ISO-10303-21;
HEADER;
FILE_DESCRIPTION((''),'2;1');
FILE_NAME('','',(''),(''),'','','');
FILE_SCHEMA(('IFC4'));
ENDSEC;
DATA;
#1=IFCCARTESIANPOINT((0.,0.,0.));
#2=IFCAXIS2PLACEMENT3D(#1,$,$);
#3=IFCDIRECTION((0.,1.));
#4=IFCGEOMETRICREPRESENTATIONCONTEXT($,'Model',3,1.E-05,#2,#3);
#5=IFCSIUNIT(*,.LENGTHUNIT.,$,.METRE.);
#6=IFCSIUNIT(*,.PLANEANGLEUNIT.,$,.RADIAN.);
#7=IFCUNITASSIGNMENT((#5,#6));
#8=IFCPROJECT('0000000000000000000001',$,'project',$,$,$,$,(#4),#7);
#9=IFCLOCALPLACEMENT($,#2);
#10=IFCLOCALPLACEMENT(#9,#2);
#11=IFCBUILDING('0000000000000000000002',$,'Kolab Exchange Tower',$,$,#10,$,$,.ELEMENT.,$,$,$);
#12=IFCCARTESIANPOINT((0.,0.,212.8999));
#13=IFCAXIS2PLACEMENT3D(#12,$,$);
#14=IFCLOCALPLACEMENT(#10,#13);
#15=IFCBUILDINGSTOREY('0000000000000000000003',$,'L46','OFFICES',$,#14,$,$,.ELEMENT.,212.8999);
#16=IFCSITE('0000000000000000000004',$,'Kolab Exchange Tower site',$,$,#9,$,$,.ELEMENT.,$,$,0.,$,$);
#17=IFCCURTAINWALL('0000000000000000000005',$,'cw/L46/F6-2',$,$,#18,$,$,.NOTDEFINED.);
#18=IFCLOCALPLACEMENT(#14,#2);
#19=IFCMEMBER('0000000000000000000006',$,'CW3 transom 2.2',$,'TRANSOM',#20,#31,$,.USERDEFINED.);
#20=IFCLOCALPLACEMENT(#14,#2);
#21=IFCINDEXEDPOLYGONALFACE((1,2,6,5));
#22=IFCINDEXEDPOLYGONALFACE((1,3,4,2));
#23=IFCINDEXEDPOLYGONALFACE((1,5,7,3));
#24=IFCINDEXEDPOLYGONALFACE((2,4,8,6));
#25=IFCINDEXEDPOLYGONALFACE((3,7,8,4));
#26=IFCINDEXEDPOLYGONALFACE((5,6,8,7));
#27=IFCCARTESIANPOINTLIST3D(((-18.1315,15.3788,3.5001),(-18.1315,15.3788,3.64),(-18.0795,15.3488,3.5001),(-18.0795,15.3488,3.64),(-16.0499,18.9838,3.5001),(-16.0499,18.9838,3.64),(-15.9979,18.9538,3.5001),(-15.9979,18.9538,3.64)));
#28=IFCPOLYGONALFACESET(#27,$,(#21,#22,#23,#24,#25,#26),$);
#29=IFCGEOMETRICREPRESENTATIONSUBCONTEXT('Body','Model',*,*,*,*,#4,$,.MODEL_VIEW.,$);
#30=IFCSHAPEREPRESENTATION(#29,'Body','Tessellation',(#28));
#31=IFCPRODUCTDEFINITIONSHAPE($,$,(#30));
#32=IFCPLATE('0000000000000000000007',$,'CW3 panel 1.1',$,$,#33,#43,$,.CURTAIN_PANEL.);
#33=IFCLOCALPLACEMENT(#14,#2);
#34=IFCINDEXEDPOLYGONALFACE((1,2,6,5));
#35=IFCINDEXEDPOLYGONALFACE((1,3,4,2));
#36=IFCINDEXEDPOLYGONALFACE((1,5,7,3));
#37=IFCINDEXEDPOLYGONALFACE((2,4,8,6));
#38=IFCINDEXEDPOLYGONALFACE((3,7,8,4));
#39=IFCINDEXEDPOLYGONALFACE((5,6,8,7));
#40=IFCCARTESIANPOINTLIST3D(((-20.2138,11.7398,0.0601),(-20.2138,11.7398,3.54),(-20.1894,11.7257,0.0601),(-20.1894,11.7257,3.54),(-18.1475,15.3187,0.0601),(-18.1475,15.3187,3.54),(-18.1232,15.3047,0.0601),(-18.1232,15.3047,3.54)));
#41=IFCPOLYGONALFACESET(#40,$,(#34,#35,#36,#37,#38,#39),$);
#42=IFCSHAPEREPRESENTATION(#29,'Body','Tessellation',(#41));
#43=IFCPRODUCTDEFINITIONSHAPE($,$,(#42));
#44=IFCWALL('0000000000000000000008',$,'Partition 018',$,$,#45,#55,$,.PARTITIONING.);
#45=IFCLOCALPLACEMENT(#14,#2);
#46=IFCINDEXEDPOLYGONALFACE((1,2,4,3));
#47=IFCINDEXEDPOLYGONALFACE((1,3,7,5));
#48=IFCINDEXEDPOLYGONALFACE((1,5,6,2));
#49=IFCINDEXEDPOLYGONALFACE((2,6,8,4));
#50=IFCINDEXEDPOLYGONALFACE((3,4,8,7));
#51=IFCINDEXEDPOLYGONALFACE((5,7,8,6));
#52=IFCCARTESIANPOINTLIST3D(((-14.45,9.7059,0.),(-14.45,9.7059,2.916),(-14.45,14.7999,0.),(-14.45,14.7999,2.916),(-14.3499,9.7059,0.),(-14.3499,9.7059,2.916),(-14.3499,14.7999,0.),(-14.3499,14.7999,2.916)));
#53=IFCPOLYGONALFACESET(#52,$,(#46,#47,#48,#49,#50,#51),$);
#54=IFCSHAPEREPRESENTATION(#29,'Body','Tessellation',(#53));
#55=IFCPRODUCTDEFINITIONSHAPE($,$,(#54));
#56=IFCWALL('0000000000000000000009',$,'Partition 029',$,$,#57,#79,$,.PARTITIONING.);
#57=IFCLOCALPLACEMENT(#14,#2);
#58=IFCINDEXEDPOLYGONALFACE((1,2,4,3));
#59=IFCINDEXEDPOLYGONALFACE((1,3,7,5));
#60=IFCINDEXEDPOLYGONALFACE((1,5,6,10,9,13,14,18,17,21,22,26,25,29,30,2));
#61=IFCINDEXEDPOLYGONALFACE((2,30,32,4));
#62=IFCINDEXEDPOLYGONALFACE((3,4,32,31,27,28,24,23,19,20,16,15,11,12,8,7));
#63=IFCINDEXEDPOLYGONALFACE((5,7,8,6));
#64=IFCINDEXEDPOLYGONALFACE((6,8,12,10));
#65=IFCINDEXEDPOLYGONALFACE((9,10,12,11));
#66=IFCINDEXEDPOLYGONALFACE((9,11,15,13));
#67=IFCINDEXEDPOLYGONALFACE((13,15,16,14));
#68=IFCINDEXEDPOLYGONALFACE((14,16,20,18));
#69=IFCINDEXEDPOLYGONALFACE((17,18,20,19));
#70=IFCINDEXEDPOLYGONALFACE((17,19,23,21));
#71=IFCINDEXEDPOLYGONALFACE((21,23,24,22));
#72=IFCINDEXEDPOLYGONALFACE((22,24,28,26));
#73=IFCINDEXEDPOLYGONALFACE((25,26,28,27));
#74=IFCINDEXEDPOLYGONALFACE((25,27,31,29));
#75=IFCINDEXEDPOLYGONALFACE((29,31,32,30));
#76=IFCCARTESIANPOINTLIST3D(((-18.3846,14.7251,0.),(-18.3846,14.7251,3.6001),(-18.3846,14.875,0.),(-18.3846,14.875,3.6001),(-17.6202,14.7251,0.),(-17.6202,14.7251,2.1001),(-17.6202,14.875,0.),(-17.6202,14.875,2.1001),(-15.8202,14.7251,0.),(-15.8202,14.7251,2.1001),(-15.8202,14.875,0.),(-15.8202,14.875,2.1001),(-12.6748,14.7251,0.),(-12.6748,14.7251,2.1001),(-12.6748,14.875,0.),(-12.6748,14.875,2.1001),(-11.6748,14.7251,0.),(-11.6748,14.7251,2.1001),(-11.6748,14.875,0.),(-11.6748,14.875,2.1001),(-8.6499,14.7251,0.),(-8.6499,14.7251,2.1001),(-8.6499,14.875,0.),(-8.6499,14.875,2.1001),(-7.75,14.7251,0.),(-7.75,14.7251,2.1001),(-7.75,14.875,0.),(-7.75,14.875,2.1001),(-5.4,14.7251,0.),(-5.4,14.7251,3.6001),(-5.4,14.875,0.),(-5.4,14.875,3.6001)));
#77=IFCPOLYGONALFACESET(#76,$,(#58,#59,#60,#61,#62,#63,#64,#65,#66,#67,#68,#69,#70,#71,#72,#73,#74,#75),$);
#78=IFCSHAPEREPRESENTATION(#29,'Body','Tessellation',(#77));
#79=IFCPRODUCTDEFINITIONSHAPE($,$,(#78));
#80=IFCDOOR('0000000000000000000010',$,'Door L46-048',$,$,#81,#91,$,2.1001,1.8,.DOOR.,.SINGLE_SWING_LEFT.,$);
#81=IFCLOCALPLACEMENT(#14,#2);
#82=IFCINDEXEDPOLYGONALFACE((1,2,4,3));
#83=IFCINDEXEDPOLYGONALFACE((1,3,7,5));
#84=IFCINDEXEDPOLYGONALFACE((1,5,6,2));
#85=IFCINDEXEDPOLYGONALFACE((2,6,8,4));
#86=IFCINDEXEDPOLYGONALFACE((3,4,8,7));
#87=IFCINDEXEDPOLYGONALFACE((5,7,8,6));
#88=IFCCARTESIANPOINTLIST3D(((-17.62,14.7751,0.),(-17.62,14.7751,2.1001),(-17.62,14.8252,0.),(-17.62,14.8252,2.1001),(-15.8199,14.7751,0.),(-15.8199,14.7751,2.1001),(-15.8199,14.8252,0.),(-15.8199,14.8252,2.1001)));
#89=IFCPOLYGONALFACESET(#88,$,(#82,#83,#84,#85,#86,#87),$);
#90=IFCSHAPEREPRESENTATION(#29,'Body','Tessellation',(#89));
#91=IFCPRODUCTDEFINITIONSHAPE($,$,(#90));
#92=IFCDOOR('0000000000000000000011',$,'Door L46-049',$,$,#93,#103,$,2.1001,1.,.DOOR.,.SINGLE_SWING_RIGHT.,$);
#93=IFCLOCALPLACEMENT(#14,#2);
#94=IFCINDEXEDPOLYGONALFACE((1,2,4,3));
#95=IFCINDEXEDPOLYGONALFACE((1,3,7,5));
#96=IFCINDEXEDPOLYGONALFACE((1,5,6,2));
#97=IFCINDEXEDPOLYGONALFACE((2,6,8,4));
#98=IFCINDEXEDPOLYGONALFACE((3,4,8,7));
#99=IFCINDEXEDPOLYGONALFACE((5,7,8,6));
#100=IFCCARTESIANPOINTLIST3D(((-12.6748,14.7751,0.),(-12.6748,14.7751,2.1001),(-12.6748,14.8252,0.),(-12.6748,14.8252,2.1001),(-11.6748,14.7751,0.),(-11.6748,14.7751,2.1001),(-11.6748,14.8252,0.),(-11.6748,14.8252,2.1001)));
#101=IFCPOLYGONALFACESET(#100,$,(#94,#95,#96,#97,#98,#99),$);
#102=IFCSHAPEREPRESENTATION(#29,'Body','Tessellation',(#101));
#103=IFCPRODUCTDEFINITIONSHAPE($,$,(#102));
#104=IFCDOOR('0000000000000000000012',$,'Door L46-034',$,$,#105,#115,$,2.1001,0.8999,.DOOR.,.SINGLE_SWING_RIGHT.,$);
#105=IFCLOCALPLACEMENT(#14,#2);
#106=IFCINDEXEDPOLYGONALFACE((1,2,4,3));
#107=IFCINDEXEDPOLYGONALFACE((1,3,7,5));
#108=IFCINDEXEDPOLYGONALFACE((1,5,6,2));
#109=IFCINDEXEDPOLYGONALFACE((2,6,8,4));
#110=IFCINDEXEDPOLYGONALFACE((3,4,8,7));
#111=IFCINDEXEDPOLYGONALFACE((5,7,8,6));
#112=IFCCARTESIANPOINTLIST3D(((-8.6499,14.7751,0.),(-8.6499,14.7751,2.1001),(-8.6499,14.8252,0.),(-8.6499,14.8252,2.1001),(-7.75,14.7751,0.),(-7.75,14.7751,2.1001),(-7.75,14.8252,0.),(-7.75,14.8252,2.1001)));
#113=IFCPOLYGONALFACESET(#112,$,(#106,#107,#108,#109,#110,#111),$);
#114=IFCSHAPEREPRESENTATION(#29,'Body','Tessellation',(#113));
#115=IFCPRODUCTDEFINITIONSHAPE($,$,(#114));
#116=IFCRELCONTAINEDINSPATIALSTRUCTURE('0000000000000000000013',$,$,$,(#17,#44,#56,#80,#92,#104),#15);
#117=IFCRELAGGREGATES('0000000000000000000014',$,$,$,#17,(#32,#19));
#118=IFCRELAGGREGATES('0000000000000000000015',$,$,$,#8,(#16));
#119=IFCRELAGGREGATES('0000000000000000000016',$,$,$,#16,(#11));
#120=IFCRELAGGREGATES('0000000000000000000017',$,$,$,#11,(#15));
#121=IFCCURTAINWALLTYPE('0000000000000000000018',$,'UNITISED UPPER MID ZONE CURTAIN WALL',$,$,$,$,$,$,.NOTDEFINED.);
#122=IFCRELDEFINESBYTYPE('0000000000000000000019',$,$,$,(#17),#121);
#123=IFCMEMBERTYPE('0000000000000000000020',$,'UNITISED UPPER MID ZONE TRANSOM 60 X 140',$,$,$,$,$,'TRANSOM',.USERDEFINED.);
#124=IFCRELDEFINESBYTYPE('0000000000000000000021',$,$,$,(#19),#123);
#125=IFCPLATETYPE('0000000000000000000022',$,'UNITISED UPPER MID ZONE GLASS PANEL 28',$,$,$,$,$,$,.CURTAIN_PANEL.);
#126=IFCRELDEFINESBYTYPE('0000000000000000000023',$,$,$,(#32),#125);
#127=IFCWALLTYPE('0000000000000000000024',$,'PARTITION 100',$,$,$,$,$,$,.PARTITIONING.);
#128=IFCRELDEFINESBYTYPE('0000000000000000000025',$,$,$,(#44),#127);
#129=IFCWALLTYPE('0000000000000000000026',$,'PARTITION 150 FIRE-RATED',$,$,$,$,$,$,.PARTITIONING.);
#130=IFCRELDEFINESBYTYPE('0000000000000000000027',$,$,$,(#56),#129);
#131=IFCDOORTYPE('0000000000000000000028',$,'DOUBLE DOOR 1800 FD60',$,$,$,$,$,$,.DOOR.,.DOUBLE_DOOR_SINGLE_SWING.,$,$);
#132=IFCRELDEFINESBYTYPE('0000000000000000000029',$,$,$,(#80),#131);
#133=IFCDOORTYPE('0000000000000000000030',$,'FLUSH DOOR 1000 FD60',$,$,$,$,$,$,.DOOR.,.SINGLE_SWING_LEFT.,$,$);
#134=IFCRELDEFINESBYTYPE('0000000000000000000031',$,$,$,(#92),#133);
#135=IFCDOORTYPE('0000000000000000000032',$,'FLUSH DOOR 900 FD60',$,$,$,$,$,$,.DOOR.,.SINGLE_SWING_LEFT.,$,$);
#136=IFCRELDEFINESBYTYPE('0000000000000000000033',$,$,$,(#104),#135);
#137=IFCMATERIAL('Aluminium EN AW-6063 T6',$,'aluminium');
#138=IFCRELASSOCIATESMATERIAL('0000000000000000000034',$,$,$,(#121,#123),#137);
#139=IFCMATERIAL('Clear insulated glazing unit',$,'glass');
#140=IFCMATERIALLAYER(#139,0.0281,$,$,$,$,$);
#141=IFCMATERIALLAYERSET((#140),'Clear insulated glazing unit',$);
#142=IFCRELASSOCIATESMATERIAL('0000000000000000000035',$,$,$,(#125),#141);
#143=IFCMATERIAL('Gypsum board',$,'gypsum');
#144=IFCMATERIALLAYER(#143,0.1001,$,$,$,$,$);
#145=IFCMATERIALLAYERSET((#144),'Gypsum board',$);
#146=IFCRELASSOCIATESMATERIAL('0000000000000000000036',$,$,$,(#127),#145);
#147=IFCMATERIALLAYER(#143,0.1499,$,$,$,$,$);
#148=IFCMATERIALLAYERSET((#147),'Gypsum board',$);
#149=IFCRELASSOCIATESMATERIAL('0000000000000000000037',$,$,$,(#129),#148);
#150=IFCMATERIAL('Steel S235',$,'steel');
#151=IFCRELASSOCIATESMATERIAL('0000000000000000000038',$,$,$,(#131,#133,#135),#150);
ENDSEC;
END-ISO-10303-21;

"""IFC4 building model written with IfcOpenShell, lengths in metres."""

from ifc_helpers import new_model, si_unit, direction, frame, frame_2d, origin, origin_2d, place, context, subcontext, project, spatial, rectangle, extrude, material, layer, layer_set, material_profile, profile_set, type_object, element, fill, aggregate, save


model = new_model("IFC4")

# Units and contexts
model_context = context("Model", 3, precision=1e-05, world=origin(), true_north=direction((0.0, 1.0)))
body_context = subcontext(model_context, "Body", "Model", "MODEL_VIEW")
ifc_project = project(units=[si_unit("LENGTHUNIT", "METRE"), si_unit("PLANEANGLEUNIT", "RADIAN")], contexts=[model_context])

# Site, building, storey
site_placement = place(None, origin())
site = spatial("IfcSite", under=ifc_project, at=site_placement, Name="Kolab Exchange Tower site", CompositionType="ELEMENT", RefElevation=0.0)
building_placement = place(site_placement, origin())
building = spatial("IfcBuilding", under=site, at=building_placement, Name="Kolab Exchange Tower", CompositionType="ELEMENT")
storey_placement = place(building_placement, frame((0.0, 0.0, 212.8999)))
storey = spatial("IfcBuildingStorey", under=building, at=storey_placement, Name="L46", Description="OFFICES", CompositionType="ELEMENT", Elevation=212.8999)

# Curtain wall, member, plate
ifc_material_1 = material(Name="Aluminium EN AW-6063 T6", Category="aluminium")
curtain_wall_type = type_object("IfcCurtainWallType", Name="UNITISED UPPER MID ZONE CURTAIN WALL", PredefinedType="NOTDEFINED", material=ifc_material_1)
curtain_wall_placement = place(storey_placement, origin())
curtain_wall = element("IfcCurtainWall", 1, at=curtain_wall_placement, inside=storey, type_object=curtain_wall_type, Name="cw/L46/F6-2", PredefinedType="NOTDEFINED")
ifc_material_profile_1 = material_profile(ifc_material_1, rectangle(XDim=0.0601, YDim=0.1399, at=origin_2d()), Name="RECT 60X140")
ifc_profile_set_1 = profile_set([ifc_material_profile_1], Name="Aluminium EN AW-6063 T6")
member_type_1 = type_object("IfcMemberType", Name="UNITISED UPPER MID ZONE TRANSOM 60 X 140", ElementType="TRANSOM", PredefinedType="USERDEFINED", material=ifc_profile_set_1)
member_1_placement = place(storey_placement, frame((-18.1055, 15.3638, 3.5701), z_axis=(0.500037, 0.866004, 0.0), x_axis=(-0.866004, 0.500037, 0.0)))
member_1 = element("IfcMember", 2, at=member_1_placement, type_object=member_type_1, Name="CW3 transom 2.2", ObjectType="TRANSOM", PredefinedType="USERDEFINED", context=body_context, shape_type="SweptSolid", body=[
    extrude(rectangle(XDim=0.0601, YDim=0.1399, at=origin_2d()), origin(), (0.0, 0.0, 1.0), 4.1628),
])
ifc_material_2 = material(Name="Clear insulated glazing unit", Category="glass")
ifc_layer_1 = layer(ifc_material_2, 0.0281)
ifc_layer_set_1 = layer_set([ifc_layer_1], Name="Clear insulated glazing unit")
plate_type = type_object("IfcPlateType", Name="UNITISED UPPER MID ZONE GLASS PANEL 28", PredefinedType="CURTAIN_PANEL", material=ifc_layer_set_1)
plate_placement = place(storey_placement, frame((-19.1685, 13.5222, 0.0601), z_axis=(0.0, 0.0, 1.0), x_axis=(0.5, 0.866025, 0.0)))
plate = element("IfcPlate", 3, at=plate_placement, type_object=plate_type, Name="CW3 panel 1.1", PredefinedType="CURTAIN_PANEL", context=body_context, shape_type="SweptSolid", body=[
    extrude(rectangle(XDim=4.1326, YDim=0.0281, at=origin_2d()), origin(), (0.0, 0.0, 1.0), 3.48),
])
aggregate(curtain_wall, [plate, member_1])

# Wall
ifc_material_3 = material(Name="Gypsum board", Category="gypsum")
ifc_layer_2 = layer(ifc_material_3, 0.1001)
ifc_layer_set_2 = layer_set([ifc_layer_2], Name="Gypsum board")
wall_type_1 = type_object("IfcWallType", Name="PARTITION 100", PredefinedType="PARTITIONING", material=ifc_layer_set_2)
wall_1_placement = place(storey_placement, frame((-14.3999, 9.7061, 0.0), z_axis=(0.0, 0.0, 1.0), x_axis=(0.0, 1.0, 0.0)))
element("IfcWall", 4, at=wall_1_placement, inside=storey, type_object=wall_type_1, Name="Partition 018", PredefinedType="PARTITIONING", context=body_context, shape_type="SweptSolid", body=[
    extrude(rectangle(XDim=5.094, YDim=0.1001, at=frame_2d((2.5469, 0.0))), origin(), (0.0, 0.0, 1.0), 2.916),
])

# Wall, openings, doors
ifc_layer_3 = layer(ifc_material_3, 0.1499)
ifc_layer_set_3 = layer_set([ifc_layer_3], Name="Gypsum board")
wall_type_2 = type_object("IfcWallType", Name="PARTITION 150 FIRE-RATED", PredefinedType="PARTITIONING", material=ifc_layer_set_3)
wall_2_placement = place(storey_placement, frame((-18.3845, 14.8, 0.0), z_axis=(0.0, 0.0, 1.0), x_axis=(1.0, 0.0, 0.0)))
wall_2 = element("IfcWall", 5, at=wall_2_placement, inside=storey, type_object=wall_type_2, Name="Partition 029", PredefinedType="PARTITIONING", context=body_context, shape_type="SweptSolid", body=[
    extrude(rectangle(XDim=12.9846, YDim=0.1499, at=frame_2d((6.4922, 0.0))), origin(), (0.0, 0.0, 1.0), 3.6001),
])
opening_1_placement = place(wall_2_placement, frame((9.7346, 0.0, 0.0)))
opening_1 = element("IfcOpeningElement", 6, at=opening_1_placement, cuts=wall_2, PredefinedType="OPENING", context=body_context, shape_type="SweptSolid", body=[
    extrude(rectangle(XDim=0.8999, YDim=2.1001, at=frame_2d((0.45, 1.05))), frame((0.0, 0.085, 0.0), z_axis=(0.0, -1.0, 0.0), x_axis=(1.0, 0.0, 0.0)), (0.0, 0.0, 1.0), 0.1699),
])
opening_2_placement = place(wall_2_placement, frame((0.7644, 0.0, 0.0)))
opening_2 = element("IfcOpeningElement", 7, at=opening_2_placement, cuts=wall_2, PredefinedType="OPENING", context=body_context, shape_type="SweptSolid", body=[
    extrude(rectangle(XDim=1.8, YDim=2.1001, at=frame_2d((0.8999, 1.05))), frame((0.0, 0.085, 0.0), z_axis=(0.0, -1.0, 0.0), x_axis=(1.0, 0.0, 0.0)), (0.0, 0.0, 1.0), 0.1699),
])
opening_3_placement = place(wall_2_placement, frame((5.7097, 0.0, 0.0)))
opening_3 = element("IfcOpeningElement", 8, at=opening_3_placement, cuts=wall_2, PredefinedType="OPENING", context=body_context, shape_type="SweptSolid", body=[
    extrude(rectangle(XDim=1.0, YDim=2.1001, at=frame_2d((0.5, 1.05))), frame((0.0, 0.085, 0.0), z_axis=(0.0, -1.0, 0.0), x_axis=(1.0, 0.0, 0.0)), (0.0, 0.0, 1.0), 0.1699),
])
ifc_material_4 = material(Name="Steel S235", Category="steel")
door_type_1 = type_object("IfcDoorType", Name="DOUBLE DOOR 1800 FD60", OperationType="DOUBLE_DOOR_SINGLE_SWING", PredefinedType="DOOR", material=ifc_material_4)
door_1_placement = place(opening_2_placement, frame((1.8, 0.0, 0.0), z_axis=(0.0, 0.0, 1.0), x_axis=(-1.0, 0.0, 0.0)))
door_1 = element("IfcDoor", 9, at=door_1_placement, inside=storey, type_object=door_type_1, Name="Door L46-048", OperationType="SINGLE_SWING_LEFT", OverallHeight=2.1001, OverallWidth=1.8, PredefinedType="DOOR", context=body_context, shape_type="SweptSolid", body=[
    extrude(rectangle(XDim=1.8, YDim=2.1001, at=frame_2d((0.8999, 1.05))), frame((0.0, 0.0249, 0.0), z_axis=(0.0, -1.0, 0.0), x_axis=(1.0, 0.0, 0.0)), (0.0, 0.0, 1.0), 0.05),
])
fill(opening_2, door_1)
door_type_2 = type_object("IfcDoorType", Name="FLUSH DOOR 1000 FD60", OperationType="SINGLE_SWING_LEFT", PredefinedType="DOOR", material=ifc_material_4)
door_2_placement = place(opening_3_placement, frame((1.0, 0.0, 0.0), z_axis=(0.0, 0.0, 1.0), x_axis=(-1.0, 0.0, 0.0)))
door_2 = element("IfcDoor", 10, at=door_2_placement, inside=storey, type_object=door_type_2, Name="Door L46-049", OperationType="SINGLE_SWING_RIGHT", OverallHeight=2.1001, OverallWidth=1.0, PredefinedType="DOOR", context=body_context, shape_type="SweptSolid", body=[
    extrude(rectangle(XDim=1.0, YDim=2.1001, at=frame_2d((0.5, 1.05))), frame((0.0, 0.0249, 0.0), z_axis=(0.0, -1.0, 0.0), x_axis=(1.0, 0.0, 0.0)), (0.0, 0.0, 1.0), 0.05),
])
fill(opening_3, door_2)
door_type_3 = type_object("IfcDoorType", Name="FLUSH DOOR 900 FD60", OperationType="SINGLE_SWING_LEFT", PredefinedType="DOOR", material=ifc_material_4)
door_3_placement = place(opening_1_placement, frame((0.8999, 0.0, 0.0), z_axis=(0.0, 0.0, 1.0), x_axis=(-1.0, 0.0, 0.0)))
door_3 = element("IfcDoor", 11, at=door_3_placement, inside=storey, type_object=door_type_3, Name="Door L46-034", OperationType="SINGLE_SWING_RIGHT", OverallHeight=2.1001, OverallWidth=0.8999, PredefinedType="DOOR", context=body_context, shape_type="SweptSolid", body=[
    extrude(rectangle(XDim=0.8999, YDim=2.1001, at=frame_2d((0.45, 1.05))), frame((0.0, 0.0249, 0.0), z_axis=(0.0, -1.0, 0.0), x_axis=(1.0, 0.0, 0.0)), (0.0, 0.0, 1.0), 0.05),
])
fill(opening_1, door_3)

save(model, "model.ifc")
